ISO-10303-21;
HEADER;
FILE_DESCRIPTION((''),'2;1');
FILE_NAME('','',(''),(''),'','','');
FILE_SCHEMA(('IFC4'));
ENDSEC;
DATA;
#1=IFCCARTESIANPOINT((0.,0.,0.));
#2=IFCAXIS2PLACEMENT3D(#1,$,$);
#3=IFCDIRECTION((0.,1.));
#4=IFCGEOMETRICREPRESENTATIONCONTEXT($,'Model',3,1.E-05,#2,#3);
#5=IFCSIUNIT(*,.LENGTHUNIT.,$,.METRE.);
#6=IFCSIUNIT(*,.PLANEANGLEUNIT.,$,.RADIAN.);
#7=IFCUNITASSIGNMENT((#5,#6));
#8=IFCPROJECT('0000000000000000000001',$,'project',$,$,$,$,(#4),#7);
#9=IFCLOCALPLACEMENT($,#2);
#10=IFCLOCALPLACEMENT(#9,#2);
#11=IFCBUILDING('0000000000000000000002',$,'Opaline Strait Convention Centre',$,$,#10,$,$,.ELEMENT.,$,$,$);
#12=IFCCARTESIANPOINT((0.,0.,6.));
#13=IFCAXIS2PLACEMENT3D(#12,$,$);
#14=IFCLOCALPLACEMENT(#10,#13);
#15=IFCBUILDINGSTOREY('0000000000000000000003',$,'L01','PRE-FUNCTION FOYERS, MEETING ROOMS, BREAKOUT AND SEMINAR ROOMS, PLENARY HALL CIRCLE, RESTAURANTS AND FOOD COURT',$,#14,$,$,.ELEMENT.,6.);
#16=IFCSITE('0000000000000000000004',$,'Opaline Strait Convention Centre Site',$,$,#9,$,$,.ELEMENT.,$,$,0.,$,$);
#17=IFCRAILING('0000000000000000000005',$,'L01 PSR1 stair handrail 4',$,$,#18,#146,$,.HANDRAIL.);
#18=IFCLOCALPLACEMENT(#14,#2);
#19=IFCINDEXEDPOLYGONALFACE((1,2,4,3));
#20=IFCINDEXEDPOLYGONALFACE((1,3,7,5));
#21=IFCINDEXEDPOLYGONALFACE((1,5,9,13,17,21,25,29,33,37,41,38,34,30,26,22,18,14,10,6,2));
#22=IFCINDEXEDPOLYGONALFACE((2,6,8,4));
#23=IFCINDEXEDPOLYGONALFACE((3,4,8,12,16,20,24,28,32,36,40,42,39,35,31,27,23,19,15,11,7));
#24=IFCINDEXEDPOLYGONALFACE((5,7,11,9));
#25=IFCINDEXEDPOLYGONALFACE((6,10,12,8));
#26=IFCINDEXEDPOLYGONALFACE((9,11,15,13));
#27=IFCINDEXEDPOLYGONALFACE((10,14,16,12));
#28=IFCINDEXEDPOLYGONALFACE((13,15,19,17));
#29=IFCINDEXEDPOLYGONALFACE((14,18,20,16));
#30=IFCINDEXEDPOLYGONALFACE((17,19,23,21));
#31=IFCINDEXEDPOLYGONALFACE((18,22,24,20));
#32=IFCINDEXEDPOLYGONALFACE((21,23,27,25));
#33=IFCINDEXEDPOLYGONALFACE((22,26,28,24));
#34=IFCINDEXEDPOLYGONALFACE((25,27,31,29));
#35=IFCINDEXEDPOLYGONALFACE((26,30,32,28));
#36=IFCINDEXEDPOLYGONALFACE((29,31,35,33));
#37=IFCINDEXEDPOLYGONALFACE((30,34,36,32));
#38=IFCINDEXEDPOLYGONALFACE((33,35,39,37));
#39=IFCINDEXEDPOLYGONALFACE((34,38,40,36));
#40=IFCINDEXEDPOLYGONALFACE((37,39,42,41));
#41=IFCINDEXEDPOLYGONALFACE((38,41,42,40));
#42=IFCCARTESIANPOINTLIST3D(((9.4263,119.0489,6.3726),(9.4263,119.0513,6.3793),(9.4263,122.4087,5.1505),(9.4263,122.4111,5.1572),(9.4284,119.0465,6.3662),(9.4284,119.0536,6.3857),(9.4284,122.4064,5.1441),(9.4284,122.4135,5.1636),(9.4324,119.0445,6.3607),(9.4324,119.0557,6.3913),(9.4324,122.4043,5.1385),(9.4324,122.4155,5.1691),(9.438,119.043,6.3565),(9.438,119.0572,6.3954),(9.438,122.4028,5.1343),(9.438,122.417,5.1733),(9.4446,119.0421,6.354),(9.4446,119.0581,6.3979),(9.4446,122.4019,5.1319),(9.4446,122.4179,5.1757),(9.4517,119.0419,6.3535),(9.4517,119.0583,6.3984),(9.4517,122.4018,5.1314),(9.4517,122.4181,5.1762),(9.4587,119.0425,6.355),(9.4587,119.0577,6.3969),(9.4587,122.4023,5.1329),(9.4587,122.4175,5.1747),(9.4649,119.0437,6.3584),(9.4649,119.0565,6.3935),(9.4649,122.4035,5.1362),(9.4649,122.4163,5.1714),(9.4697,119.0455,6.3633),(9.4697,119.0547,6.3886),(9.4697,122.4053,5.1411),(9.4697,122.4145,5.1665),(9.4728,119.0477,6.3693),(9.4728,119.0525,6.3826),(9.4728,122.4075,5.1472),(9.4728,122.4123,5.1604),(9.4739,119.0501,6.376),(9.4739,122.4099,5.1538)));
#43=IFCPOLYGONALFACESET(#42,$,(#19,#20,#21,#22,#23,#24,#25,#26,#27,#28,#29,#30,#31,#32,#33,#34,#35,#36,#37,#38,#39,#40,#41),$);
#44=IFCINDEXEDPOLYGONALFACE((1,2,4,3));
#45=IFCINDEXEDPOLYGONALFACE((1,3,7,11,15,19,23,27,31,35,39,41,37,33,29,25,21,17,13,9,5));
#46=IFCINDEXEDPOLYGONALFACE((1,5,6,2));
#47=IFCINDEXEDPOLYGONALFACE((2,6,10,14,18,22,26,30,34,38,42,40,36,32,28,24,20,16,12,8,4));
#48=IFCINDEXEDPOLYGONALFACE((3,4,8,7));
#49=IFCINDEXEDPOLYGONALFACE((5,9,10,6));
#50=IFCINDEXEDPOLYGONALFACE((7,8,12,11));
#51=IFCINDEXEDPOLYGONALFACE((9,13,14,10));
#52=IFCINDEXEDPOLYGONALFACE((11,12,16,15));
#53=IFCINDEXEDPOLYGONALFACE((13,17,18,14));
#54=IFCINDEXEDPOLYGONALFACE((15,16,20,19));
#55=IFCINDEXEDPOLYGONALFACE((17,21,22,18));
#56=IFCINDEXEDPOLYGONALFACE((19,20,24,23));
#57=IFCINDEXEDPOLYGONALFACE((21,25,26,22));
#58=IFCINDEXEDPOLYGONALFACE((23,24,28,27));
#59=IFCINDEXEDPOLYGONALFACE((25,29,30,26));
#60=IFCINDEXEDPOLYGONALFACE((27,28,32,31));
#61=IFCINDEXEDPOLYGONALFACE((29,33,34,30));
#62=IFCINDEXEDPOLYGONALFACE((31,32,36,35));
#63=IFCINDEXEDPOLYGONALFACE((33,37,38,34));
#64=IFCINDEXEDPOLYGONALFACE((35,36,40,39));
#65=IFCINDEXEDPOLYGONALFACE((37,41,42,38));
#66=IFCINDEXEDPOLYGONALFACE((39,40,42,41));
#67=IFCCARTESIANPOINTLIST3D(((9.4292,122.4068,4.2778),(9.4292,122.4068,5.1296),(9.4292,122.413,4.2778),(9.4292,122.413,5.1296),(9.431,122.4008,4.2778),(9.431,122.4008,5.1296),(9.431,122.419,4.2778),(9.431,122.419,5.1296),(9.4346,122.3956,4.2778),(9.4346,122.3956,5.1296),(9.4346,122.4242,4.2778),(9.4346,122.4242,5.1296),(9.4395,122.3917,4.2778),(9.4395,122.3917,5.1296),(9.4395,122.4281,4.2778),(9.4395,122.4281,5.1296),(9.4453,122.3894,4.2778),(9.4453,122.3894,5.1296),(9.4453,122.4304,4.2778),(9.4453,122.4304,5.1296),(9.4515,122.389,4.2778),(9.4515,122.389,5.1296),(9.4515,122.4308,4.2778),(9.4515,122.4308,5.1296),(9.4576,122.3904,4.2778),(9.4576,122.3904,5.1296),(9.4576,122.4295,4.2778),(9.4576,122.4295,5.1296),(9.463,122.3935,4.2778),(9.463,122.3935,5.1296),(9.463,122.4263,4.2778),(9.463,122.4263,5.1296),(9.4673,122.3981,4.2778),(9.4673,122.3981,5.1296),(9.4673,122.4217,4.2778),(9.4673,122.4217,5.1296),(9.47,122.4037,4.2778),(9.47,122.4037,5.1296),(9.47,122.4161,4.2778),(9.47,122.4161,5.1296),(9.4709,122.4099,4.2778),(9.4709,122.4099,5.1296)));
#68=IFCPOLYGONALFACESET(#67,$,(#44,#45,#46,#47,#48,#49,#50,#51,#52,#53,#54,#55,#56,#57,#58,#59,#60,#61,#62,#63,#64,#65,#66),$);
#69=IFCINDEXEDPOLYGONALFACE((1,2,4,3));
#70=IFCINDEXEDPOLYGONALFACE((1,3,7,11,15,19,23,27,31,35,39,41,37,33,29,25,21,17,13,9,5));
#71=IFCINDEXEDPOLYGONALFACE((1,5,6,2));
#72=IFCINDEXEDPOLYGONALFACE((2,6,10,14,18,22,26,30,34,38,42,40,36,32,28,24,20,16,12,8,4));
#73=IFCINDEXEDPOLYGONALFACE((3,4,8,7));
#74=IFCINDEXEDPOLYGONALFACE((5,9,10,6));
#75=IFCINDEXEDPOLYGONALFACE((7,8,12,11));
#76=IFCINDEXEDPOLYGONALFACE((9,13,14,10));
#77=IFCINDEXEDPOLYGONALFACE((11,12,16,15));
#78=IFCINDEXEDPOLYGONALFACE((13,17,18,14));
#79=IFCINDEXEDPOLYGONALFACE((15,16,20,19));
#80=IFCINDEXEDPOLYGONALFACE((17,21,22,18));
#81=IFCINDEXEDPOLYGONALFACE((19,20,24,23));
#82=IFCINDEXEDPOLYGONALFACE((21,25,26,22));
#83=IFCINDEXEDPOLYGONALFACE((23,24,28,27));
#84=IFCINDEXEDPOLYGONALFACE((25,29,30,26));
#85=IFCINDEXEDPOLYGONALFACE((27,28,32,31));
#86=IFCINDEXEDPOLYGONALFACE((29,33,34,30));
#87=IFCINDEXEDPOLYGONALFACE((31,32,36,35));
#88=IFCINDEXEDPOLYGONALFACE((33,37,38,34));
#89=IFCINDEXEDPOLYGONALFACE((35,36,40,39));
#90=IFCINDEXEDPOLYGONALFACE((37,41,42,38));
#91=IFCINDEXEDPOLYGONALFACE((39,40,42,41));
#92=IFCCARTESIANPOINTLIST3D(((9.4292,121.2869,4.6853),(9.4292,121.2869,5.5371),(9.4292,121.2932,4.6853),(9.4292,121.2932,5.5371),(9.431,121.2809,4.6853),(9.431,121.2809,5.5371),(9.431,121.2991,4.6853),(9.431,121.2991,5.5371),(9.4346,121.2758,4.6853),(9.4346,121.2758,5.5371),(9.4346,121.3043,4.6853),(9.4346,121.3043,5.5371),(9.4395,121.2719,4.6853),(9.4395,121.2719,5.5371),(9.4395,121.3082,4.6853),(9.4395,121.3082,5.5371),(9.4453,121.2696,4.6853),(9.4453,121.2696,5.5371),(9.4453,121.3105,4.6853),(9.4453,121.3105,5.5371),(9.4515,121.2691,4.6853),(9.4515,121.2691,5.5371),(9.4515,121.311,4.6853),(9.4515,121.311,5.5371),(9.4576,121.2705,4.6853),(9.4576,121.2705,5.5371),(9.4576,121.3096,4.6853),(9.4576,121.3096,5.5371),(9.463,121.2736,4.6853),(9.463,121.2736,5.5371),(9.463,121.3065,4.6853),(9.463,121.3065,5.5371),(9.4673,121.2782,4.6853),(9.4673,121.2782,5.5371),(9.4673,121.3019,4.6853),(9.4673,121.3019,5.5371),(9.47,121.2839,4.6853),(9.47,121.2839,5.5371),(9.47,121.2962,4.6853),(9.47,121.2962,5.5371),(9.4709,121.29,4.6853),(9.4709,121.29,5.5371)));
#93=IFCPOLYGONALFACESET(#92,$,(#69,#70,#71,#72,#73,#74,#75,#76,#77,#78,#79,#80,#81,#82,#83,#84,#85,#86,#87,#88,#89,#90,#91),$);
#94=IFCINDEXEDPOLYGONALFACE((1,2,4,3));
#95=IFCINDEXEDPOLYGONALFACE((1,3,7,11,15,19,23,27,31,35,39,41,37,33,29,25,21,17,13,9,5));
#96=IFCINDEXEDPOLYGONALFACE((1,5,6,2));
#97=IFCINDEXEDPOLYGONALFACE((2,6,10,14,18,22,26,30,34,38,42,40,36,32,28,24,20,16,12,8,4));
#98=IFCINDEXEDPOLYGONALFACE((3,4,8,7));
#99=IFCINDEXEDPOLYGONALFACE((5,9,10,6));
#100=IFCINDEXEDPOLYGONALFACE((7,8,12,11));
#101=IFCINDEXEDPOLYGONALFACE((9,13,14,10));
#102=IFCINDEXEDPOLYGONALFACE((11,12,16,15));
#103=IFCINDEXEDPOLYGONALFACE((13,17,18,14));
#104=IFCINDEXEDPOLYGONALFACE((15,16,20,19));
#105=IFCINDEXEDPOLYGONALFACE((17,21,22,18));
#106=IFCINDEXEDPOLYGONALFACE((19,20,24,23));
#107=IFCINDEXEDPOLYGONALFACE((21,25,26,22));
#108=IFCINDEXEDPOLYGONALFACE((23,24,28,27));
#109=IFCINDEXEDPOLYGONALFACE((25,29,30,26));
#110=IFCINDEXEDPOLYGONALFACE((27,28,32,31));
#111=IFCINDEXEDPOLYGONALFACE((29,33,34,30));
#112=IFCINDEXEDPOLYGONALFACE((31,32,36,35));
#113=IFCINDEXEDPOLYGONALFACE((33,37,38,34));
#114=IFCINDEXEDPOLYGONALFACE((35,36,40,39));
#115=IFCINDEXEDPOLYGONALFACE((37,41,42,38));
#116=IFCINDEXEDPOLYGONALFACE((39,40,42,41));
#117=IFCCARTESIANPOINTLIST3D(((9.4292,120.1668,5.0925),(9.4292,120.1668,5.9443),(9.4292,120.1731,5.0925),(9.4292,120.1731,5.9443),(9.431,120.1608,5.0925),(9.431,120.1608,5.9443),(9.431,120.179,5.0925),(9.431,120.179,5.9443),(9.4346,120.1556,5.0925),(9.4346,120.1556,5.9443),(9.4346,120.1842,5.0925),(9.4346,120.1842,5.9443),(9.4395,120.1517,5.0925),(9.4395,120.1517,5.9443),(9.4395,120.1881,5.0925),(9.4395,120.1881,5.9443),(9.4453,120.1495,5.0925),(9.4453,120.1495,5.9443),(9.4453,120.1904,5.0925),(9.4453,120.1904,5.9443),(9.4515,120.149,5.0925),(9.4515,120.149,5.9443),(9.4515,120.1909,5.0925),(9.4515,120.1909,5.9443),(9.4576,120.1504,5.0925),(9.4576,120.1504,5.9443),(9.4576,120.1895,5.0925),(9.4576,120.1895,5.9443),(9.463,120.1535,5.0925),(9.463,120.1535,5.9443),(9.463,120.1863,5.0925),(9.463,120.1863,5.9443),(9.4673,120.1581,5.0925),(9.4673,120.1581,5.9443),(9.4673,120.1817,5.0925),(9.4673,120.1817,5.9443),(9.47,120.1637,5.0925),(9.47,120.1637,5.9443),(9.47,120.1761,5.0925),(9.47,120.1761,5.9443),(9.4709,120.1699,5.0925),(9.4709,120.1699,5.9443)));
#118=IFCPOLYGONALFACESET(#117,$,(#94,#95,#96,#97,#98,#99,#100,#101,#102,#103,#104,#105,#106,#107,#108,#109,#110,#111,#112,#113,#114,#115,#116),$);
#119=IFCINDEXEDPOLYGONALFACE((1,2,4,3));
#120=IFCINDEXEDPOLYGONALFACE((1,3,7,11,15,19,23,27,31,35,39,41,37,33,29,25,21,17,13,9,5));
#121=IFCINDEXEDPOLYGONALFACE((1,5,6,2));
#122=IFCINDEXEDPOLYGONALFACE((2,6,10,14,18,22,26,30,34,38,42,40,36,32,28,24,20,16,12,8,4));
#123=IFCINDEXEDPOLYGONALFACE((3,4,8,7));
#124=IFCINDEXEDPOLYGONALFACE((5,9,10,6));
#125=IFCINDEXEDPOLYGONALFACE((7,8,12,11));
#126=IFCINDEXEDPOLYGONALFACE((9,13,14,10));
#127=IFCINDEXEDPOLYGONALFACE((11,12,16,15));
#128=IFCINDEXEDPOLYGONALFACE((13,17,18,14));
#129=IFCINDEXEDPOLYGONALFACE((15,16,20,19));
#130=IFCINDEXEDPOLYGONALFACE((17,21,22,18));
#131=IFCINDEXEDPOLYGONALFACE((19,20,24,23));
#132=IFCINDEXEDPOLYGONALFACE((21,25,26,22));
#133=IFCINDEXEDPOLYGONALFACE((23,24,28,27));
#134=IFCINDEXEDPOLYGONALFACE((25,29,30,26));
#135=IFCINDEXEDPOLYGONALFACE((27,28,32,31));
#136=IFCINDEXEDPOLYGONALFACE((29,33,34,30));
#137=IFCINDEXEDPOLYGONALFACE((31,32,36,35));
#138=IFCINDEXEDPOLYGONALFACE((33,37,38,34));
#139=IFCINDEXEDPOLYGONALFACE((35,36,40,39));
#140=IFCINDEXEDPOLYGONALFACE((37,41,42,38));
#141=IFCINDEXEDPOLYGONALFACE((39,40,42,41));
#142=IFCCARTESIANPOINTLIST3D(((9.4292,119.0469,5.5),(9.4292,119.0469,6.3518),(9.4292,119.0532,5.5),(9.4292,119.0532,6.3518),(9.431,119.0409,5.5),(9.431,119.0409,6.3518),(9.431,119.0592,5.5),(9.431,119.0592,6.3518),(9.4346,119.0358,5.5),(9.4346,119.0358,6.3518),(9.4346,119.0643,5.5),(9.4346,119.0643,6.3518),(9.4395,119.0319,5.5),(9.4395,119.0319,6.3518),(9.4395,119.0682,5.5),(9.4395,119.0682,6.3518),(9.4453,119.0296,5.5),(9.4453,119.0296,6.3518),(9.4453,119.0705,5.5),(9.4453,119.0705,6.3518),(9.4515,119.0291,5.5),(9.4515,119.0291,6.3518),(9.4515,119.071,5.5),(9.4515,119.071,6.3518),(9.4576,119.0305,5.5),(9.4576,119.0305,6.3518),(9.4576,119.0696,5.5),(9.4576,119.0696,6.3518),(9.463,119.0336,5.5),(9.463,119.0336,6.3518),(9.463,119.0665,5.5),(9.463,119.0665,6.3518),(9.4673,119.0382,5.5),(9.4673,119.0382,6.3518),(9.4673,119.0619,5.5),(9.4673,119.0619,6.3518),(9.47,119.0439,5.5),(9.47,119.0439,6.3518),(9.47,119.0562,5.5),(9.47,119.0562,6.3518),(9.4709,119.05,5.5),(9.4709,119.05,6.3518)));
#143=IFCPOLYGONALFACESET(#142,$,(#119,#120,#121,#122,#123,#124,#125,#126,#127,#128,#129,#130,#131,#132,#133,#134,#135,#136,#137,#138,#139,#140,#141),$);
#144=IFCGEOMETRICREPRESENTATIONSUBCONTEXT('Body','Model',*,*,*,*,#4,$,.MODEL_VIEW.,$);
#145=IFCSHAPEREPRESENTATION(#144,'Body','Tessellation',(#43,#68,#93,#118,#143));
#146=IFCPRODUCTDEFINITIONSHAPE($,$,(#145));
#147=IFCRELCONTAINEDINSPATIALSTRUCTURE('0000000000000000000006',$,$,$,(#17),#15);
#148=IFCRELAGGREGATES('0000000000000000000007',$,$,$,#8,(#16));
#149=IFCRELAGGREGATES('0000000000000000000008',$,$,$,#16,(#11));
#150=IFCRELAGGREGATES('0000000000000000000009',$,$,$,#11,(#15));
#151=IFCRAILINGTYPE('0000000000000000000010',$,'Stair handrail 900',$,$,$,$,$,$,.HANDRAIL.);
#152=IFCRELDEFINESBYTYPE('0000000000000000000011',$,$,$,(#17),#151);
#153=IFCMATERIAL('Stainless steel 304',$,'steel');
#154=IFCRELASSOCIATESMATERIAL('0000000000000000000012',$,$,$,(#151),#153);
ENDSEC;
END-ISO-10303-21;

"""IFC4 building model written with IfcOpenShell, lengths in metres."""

from ifc_helpers import new_model, si_unit, direction, frame, origin, origin_2d, place, context, subcontext, project, spatial, circle, extrude, material, type_object, element, save


model = new_model("IFC4")

# Units and contexts
model_context = context("Model", 3, precision=1e-05, world=origin(), true_north=direction((0.0, 1.0)))
body_context = subcontext(model_context, "Body", "Model", "MODEL_VIEW")
ifc_project = project(units=[si_unit("LENGTHUNIT", "METRE"), si_unit("PLANEANGLEUNIT", "RADIAN")], contexts=[model_context])

# Site, building, storey
site_placement = place(None, origin())
site = spatial("IfcSite", under=ifc_project, at=site_placement, Name="Opaline Strait Convention Centre Site", CompositionType="ELEMENT", RefElevation=0.0)
building_placement = place(site_placement, origin())
building = spatial("IfcBuilding", under=site, at=building_placement, Name="Opaline Strait Convention Centre", CompositionType="ELEMENT")
storey_placement = place(building_placement, frame((0.0, 0.0, 6.0)))
storey = spatial("IfcBuildingStorey", under=building, at=storey_placement, Name="L01", Description="PRE-FUNCTION FOYERS, MEETING ROOMS, BREAKOUT AND SEMINAR ROOMS, PLENARY HALL CIRCLE, RESTAURANTS AND FOOD COURT", CompositionType="ELEMENT", Elevation=6.0)

# Railing
ifc_material_1 = material(Name="Stainless steel 304", Category="steel")
railing_type_1 = type_object("IfcRailingType", Name="Stair handrail 900", PredefinedType="HANDRAIL", material=ifc_material_1)
railing_1_placement = place(storey_placement, frame((9.45, 122.4099, 4.2778)))
element("IfcRailing", 1, at=railing_1_placement, inside=storey, type_object=railing_type_1, Name="L01 PSR1 stair handrail 4", PredefinedType="HANDRAIL", context=body_context, shape_type="SweptSolid", body=[
    extrude(circle(Radius=0.0239, at=origin_2d()), frame((0.0, 0.0, 0.876), z_axis=(0.0, -0.939758, 0.341842), x_axis=(1.0, 0.0, 0.0)), (0.0, 0.0, 1.0), 3.5752),
    extrude(circle(Radius=0.021, at=origin_2d()), origin(), (0.0, 0.0, 1.0), 0.8518),
    extrude(circle(Radius=0.021, at=origin_2d()), frame((0.0, -1.1199, 0.4075)), (0.0, 0.0, 1.0), 0.8518),
    extrude(circle(Radius=0.021, at=origin_2d()), frame((0.0, -2.24, 0.8147)), (0.0, 0.0, 1.0), 0.8518),
    extrude(circle(Radius=0.021, at=origin_2d()), frame((0.0, -3.3599, 1.2222)), (0.0, 0.0, 1.0), 0.8518),
])

save(model, "model.ifc")
